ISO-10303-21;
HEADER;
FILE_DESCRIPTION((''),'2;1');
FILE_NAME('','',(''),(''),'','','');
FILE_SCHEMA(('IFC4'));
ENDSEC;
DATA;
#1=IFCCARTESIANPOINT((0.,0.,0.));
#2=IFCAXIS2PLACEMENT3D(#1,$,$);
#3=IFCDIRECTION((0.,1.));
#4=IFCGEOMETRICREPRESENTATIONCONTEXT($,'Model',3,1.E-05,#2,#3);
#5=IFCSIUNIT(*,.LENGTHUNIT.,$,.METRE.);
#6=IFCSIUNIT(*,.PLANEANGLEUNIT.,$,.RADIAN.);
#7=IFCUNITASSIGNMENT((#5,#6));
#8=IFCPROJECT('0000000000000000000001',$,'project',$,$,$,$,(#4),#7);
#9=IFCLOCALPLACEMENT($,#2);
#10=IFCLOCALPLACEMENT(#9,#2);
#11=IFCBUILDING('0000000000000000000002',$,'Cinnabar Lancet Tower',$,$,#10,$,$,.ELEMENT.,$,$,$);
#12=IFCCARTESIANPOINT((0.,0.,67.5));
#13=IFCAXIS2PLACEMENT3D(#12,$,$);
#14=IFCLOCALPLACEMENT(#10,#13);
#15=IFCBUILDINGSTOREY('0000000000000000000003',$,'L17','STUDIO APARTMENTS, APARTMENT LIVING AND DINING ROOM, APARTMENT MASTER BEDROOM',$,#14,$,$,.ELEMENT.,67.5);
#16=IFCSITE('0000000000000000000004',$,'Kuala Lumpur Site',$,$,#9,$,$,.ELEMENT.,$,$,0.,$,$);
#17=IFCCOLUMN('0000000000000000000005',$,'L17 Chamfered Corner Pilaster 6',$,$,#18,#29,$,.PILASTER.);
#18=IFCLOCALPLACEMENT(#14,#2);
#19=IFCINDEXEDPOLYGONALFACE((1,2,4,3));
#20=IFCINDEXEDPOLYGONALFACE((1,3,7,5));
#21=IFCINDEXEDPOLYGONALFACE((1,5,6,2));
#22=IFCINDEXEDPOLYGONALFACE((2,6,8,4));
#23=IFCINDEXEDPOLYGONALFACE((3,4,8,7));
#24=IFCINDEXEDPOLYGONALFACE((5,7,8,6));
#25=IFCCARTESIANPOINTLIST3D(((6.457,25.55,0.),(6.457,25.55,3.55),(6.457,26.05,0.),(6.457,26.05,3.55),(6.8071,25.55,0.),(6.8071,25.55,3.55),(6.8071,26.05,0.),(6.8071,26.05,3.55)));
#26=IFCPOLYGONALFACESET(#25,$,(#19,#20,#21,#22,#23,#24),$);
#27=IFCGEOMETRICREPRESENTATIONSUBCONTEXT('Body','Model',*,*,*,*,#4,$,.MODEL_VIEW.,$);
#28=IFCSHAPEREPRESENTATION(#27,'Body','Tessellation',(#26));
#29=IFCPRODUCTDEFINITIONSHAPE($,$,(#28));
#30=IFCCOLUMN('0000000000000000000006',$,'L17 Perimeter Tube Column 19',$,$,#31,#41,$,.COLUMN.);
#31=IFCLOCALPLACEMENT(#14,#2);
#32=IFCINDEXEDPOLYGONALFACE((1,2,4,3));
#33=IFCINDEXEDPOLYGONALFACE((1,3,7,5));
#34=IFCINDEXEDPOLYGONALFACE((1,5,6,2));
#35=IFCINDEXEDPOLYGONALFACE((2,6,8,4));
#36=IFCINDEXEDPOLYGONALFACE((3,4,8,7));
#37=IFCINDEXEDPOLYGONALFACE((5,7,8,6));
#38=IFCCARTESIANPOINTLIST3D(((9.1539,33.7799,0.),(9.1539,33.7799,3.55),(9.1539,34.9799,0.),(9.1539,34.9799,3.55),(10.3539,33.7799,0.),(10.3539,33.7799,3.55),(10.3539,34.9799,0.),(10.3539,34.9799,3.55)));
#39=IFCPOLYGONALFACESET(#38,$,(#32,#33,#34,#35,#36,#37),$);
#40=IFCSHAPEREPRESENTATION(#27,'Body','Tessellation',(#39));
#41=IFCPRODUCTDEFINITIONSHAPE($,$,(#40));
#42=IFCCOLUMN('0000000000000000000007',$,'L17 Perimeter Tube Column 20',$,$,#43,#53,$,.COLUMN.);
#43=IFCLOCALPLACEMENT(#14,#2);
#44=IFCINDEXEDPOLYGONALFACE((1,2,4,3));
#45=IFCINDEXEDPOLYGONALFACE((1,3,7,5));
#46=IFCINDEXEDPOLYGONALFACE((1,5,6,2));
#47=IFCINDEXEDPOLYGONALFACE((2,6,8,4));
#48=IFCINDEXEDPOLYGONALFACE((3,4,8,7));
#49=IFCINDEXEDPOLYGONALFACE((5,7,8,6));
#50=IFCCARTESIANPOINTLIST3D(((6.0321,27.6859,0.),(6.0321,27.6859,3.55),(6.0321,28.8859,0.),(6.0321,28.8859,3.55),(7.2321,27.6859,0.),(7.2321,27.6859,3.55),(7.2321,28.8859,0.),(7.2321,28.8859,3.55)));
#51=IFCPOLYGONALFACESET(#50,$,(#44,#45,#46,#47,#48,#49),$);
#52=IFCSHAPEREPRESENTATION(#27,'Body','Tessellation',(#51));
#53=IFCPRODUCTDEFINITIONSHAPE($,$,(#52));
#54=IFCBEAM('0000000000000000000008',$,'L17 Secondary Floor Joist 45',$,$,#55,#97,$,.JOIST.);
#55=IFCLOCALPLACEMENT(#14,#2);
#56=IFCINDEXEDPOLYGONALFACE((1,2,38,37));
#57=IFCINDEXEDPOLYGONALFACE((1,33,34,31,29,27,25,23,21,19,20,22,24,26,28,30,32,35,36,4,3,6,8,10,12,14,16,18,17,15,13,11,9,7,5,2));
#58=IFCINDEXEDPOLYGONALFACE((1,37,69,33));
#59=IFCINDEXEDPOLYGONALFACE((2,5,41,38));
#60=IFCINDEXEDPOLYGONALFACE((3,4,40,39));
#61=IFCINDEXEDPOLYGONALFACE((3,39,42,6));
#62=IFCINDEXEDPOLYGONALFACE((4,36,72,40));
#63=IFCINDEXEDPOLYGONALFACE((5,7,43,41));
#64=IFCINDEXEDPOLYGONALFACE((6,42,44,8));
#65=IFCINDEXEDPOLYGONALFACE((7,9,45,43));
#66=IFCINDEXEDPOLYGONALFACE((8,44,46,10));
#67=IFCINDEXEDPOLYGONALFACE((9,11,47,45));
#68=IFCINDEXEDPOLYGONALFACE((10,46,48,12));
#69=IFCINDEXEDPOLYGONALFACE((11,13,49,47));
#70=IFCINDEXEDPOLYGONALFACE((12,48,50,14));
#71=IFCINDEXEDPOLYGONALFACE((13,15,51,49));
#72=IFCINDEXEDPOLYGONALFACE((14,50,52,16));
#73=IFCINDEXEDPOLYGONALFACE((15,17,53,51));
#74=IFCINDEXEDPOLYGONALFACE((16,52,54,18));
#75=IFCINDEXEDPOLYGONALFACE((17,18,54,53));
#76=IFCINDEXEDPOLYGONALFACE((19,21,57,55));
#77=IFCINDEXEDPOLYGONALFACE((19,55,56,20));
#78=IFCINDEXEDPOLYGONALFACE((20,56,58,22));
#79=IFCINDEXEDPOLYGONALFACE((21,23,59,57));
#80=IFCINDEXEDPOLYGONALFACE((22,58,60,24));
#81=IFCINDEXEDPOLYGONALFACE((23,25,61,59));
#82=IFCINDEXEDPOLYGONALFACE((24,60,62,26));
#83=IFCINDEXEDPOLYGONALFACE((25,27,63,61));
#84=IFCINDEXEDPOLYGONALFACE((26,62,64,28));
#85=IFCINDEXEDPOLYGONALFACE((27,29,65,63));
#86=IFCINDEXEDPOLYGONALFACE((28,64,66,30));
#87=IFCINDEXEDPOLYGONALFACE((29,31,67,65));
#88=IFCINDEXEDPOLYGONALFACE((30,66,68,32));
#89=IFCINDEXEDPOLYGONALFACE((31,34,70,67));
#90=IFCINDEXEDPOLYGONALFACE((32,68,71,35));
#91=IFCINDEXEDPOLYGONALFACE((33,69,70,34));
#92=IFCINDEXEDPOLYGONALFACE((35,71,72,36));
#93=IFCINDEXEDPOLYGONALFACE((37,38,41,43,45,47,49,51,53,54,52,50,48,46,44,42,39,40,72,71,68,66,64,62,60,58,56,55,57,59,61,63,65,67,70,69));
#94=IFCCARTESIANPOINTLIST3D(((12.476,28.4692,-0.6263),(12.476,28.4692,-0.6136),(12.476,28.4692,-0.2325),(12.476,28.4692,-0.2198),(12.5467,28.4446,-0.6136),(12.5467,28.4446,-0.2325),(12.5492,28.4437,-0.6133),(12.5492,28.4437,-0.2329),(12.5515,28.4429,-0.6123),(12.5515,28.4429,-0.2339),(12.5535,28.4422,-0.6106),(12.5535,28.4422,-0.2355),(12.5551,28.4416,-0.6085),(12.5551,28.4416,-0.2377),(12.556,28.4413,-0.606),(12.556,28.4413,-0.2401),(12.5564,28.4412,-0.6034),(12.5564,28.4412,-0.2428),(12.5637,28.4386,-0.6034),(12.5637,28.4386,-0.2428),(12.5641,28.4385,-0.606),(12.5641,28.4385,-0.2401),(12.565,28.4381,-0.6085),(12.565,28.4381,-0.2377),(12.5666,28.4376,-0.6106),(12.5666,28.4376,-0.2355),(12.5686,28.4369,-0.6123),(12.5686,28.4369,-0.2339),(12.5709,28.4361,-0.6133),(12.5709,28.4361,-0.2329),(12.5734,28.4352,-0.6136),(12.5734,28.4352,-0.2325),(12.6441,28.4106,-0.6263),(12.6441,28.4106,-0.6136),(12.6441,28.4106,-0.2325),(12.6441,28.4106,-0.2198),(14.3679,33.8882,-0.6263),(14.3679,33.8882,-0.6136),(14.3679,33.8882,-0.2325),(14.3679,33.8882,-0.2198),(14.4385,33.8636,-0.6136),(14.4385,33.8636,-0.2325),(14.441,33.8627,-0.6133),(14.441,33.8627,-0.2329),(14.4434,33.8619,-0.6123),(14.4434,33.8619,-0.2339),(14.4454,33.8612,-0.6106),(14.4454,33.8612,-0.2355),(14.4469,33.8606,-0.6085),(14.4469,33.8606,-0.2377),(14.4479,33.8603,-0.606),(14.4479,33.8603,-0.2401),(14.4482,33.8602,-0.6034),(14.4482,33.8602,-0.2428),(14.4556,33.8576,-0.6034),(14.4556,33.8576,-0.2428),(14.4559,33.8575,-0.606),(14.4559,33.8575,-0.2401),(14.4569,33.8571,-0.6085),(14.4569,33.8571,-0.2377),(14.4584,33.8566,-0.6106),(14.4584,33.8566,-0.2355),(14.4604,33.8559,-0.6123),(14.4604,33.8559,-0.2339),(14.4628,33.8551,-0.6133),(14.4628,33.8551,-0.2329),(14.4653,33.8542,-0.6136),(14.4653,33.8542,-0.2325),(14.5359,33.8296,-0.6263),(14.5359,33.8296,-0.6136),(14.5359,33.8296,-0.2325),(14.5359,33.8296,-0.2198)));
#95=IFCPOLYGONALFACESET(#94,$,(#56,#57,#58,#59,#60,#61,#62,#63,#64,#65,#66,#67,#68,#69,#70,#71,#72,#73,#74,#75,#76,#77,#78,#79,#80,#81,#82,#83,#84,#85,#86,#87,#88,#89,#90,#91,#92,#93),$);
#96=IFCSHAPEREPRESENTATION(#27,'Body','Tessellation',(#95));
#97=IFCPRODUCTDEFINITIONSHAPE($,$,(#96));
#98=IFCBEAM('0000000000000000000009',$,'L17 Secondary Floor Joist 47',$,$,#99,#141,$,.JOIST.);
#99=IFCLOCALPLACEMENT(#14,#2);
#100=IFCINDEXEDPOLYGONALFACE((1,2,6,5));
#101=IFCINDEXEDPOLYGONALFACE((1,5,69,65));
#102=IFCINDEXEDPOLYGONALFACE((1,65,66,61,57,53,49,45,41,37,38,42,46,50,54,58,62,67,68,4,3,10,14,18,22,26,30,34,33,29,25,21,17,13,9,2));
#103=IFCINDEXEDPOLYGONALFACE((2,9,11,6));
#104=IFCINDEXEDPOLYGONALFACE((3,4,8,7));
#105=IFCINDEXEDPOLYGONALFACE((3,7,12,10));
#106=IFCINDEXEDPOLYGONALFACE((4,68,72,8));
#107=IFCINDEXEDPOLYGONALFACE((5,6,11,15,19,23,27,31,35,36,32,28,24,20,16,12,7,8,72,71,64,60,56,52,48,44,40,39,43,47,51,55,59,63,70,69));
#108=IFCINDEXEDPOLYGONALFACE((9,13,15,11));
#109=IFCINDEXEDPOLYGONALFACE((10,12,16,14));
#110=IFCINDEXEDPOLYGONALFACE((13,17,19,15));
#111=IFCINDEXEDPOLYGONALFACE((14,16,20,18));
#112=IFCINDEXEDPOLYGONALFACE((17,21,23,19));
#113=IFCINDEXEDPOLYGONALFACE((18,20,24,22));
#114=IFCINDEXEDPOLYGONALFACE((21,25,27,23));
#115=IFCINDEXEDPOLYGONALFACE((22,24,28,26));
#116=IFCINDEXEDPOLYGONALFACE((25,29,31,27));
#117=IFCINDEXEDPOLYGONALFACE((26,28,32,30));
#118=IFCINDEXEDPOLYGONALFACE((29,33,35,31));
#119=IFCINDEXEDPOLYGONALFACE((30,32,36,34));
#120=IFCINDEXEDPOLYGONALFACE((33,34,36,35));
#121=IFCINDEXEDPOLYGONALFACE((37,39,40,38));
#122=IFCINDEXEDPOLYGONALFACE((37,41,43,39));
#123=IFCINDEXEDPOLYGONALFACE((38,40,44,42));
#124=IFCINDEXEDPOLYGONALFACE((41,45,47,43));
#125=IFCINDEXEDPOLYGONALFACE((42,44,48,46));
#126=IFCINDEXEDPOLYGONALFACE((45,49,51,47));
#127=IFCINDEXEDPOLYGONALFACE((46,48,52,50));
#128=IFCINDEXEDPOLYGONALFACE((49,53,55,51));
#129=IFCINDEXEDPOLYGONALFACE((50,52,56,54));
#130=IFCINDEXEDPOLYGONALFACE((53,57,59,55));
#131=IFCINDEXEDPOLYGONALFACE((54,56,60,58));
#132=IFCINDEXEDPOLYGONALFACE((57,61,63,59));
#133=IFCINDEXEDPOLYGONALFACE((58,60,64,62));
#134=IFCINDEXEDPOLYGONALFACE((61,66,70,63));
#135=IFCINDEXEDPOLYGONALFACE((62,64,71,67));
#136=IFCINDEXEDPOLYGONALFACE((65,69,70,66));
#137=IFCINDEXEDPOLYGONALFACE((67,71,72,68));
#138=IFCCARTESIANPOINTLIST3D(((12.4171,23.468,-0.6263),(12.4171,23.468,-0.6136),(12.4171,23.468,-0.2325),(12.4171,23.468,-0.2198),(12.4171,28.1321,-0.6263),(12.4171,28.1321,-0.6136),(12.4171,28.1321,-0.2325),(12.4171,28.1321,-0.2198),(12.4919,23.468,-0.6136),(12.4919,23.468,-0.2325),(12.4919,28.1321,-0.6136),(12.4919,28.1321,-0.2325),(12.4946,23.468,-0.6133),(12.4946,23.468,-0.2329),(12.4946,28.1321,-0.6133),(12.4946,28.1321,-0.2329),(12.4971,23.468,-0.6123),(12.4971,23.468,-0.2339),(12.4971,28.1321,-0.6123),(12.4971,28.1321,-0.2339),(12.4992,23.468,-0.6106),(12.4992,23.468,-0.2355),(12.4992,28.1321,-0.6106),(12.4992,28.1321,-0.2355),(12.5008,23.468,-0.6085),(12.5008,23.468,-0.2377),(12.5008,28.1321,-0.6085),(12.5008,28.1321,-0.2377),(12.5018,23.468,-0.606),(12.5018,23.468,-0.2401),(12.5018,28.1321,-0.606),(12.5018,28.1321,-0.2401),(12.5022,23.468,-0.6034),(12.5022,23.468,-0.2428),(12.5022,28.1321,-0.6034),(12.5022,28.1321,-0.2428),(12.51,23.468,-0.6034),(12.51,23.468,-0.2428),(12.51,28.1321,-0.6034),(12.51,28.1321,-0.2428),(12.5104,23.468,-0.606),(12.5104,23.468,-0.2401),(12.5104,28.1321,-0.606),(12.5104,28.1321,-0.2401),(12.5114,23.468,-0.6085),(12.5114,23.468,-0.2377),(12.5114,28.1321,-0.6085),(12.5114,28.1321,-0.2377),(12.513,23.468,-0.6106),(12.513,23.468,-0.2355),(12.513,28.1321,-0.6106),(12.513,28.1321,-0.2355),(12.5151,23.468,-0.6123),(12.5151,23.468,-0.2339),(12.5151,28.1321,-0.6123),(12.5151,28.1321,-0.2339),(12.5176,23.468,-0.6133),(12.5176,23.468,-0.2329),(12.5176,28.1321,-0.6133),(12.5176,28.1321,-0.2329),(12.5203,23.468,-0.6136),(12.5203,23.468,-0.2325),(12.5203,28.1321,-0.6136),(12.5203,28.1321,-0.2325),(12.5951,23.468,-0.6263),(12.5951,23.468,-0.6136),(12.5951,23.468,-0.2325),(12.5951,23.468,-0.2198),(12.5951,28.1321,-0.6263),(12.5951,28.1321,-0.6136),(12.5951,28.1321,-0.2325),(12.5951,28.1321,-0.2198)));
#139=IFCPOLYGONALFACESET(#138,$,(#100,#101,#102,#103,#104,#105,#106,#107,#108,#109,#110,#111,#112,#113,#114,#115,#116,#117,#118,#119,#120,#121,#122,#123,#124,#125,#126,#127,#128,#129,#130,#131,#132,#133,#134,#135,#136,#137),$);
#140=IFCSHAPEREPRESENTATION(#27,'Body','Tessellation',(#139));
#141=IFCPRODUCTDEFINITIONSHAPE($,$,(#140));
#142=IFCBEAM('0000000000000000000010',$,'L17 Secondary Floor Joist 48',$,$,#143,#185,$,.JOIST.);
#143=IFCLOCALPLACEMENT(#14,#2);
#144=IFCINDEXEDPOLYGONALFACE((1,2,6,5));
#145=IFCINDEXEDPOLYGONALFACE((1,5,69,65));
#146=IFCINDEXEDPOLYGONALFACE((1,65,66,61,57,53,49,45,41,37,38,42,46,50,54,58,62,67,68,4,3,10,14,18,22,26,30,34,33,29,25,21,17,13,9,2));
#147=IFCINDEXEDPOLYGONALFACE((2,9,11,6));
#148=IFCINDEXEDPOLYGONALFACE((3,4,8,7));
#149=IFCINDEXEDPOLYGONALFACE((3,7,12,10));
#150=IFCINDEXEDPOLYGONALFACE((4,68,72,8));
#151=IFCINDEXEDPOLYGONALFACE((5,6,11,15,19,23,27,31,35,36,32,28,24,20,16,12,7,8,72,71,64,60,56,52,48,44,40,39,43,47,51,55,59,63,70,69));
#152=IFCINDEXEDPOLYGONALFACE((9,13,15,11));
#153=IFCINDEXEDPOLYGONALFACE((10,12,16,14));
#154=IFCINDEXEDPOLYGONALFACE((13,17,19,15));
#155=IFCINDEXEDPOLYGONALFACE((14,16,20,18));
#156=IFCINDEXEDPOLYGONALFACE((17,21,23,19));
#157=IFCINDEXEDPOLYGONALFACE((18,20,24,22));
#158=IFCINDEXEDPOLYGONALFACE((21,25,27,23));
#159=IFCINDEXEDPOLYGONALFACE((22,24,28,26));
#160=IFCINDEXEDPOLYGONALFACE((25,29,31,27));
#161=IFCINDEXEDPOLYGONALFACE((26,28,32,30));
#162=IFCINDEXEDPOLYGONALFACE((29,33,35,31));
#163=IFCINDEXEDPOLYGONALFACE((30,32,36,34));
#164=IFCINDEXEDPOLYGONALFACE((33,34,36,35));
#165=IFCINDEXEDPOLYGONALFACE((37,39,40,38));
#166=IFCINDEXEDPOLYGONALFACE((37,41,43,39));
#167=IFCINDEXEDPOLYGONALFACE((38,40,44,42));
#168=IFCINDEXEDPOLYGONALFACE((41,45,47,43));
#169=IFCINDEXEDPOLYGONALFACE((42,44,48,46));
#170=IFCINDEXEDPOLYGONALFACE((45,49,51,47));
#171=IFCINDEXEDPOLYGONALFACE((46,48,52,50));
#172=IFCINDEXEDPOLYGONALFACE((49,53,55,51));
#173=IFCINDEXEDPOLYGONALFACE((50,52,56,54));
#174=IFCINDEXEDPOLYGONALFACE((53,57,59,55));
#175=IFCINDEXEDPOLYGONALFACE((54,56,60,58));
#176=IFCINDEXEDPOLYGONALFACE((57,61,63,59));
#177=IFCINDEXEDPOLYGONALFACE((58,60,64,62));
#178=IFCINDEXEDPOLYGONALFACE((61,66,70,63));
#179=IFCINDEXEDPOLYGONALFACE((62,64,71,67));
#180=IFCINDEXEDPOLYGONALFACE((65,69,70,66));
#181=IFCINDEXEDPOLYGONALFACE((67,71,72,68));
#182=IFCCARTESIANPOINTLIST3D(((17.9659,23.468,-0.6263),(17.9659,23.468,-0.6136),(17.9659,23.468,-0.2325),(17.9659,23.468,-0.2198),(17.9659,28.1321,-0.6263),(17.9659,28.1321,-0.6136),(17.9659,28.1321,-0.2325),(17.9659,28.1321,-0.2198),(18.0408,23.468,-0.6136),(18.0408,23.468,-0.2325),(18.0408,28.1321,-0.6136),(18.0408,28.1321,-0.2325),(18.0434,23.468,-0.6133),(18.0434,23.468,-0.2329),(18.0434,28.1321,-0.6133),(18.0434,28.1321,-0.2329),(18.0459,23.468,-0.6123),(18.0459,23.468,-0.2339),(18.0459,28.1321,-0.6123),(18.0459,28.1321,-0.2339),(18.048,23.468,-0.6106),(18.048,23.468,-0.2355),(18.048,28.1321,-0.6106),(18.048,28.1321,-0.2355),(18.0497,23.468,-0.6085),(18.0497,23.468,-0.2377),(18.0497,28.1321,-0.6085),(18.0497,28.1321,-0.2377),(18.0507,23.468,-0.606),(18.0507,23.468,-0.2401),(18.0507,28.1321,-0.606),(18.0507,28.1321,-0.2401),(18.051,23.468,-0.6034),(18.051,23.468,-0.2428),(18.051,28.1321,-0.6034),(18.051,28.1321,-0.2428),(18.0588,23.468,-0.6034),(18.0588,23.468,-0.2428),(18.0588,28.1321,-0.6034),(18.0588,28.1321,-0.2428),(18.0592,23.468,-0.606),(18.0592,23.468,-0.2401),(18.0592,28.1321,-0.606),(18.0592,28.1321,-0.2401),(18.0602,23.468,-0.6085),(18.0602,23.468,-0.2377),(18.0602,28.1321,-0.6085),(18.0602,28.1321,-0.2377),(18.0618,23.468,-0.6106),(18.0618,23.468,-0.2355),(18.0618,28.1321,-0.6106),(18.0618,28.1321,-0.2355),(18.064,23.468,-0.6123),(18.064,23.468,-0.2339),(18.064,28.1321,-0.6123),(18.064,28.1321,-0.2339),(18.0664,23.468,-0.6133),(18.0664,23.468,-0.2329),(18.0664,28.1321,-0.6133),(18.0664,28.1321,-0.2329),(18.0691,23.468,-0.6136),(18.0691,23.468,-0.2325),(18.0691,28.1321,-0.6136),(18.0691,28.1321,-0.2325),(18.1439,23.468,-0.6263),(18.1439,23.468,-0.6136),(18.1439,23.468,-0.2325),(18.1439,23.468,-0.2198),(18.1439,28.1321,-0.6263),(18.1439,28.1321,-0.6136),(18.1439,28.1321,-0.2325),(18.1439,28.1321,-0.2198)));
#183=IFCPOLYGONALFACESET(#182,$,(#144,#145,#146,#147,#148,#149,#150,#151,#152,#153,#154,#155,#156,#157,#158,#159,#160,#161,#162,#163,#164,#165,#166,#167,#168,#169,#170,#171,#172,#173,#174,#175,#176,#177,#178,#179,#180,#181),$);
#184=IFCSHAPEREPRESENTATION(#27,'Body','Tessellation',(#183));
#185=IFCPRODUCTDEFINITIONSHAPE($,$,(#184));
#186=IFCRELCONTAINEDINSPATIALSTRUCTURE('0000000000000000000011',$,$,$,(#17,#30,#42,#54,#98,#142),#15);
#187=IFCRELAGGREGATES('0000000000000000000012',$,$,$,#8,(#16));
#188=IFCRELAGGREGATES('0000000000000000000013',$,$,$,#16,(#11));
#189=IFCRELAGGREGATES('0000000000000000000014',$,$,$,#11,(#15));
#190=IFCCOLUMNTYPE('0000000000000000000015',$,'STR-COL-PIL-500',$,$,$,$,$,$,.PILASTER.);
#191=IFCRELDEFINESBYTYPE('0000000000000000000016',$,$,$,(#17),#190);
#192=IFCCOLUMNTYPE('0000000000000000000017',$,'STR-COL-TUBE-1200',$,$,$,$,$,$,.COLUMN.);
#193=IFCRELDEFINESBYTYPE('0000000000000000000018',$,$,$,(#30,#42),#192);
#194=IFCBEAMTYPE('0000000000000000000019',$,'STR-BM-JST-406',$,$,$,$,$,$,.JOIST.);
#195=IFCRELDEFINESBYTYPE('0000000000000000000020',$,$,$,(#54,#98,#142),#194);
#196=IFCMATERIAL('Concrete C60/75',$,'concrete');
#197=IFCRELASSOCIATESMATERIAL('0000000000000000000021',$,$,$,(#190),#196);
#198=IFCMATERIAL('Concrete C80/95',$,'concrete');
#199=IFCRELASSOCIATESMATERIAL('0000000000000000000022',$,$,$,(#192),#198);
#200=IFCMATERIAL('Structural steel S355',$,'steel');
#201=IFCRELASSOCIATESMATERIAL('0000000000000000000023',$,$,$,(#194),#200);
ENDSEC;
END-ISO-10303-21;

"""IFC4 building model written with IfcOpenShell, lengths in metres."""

from ifc_helpers import new_model, si_unit, direction, frame, origin, origin_2d, place, context, subcontext, project, spatial, rectangle, i_section, extrude, material, material_profile, profile_set, type_object, element, save


model = new_model("IFC4")

# Units and contexts
model_context = context("Model", 3, precision=1e-05, world=origin(), true_north=direction((0.0, 1.0)))
body_context = subcontext(model_context, "Body", "Model", "MODEL_VIEW")
ifc_project = project(units=[si_unit("LENGTHUNIT", "METRE"), si_unit("PLANEANGLEUNIT", "RADIAN")], contexts=[model_context])

# Site, building, storey
site_placement = place(None, origin())
site = spatial("IfcSite", under=ifc_project, at=site_placement, Name="Kuala Lumpur Site", CompositionType="ELEMENT", RefElevation=0.0)
building_placement = place(site_placement, origin())
building = spatial("IfcBuilding", under=site, at=building_placement, Name="Cinnabar Lancet Tower", CompositionType="ELEMENT")
storey_placement = place(building_placement, frame((0.0, 0.0, 67.5)))
storey = spatial("IfcBuildingStorey", under=building, at=storey_placement, Name="L17", Description="STUDIO APARTMENTS, APARTMENT LIVING AND DINING ROOM, APARTMENT MASTER BEDROOM", CompositionType="ELEMENT", Elevation=67.5)

# Columns
ifc_material_1 = material(Name="Concrete C60/75", Category="concrete")
ifc_material_profile_1 = material_profile(ifc_material_1, rectangle(XDim=0.5, YDim=0.3501, at=origin_2d()), Name="RC-PIL 500x350")
ifc_profile_set_1 = profile_set([ifc_material_profile_1], Name="Concrete C60/75")
column_type_1 = type_object("IfcColumnType", Name="STR-COL-PIL-500", PredefinedType="PILASTER", material=ifc_profile_set_1)
column_placement = place(storey_placement, frame((6.6321, 25.8, 0.0), z_axis=(0.0, 0.0, 1.0), x_axis=(0.0, -1.0, 0.0)))
element("IfcColumn", 1, at=column_placement, inside=storey, type_object=column_type_1, Name="L17 Chamfered Corner Pilaster 6", PredefinedType="PILASTER", context=body_context, shape_type="SweptSolid", body=[
    extrude(rectangle(XDim=0.5, YDim=0.3501, at=origin_2d()), origin(), (0.0, 0.0, 1.0), 3.55),
])
ifc_material_2 = material(Name="Concrete C80/95", Category="concrete")
ifc_material_profile_2 = material_profile(ifc_material_2, rectangle(XDim=1.2, YDim=1.2, at=origin_2d()), Name="RC-COL 1200x1200")
ifc_profile_set_2 = profile_set([ifc_material_profile_2], Name="Concrete C80/95")
column_type_2 = type_object("IfcColumnType", Name="STR-COL-TUBE-1200", PredefinedType="COLUMN", material=ifc_profile_set_2)
for number, where, z_axis, x_axis, name in (
    (2, (9.7539, 34.3799, 0.0), (0.0, 0.0, 1.0), (1.0, 0.0, 0.0), "L17 Perimeter Tube Column 19"),
    (3, (6.6321, 28.2859, 0.0), (0.0, 0.0, 1.0), (1.0, 0.0, 0.0), "L17 Perimeter Tube Column 20"),
):
    element("IfcColumn", number, at=place(storey_placement, frame(where, z_axis=z_axis, x_axis=x_axis)), inside=storey, type_object=column_type_2, Name=name, PredefinedType="COLUMN", context=body_context, shape_type="SweptSolid", body=[
        extrude(rectangle(XDim=1.2, YDim=1.2, at=origin_2d()), origin(), (0.0, 0.0, 1.0), 3.55),
    ])

# Beams
ifc_material_3 = material(Name="Structural steel S355", Category="steel")
ifc_material_profile_3 = material_profile(ifc_material_3, i_section(OverallWidth=0.178, OverallDepth=0.4065, WebThickness=0.0078, FlangeThickness=0.0127, FilletRadius=0.0103, at=origin_2d()), Name="UKB 406x178x60")
ifc_profile_set_3 = profile_set([ifc_material_profile_3], Name="Structural steel S355")
beam_type_1 = type_object("IfcBeamType", Name="STR-BM-JST-406", PredefinedType="JOIST", material=ifc_profile_set_3)
beam_1_placement = place(storey_placement, frame((14.4519, 33.8589, -0.4231), z_axis=(-0.329608, -0.944118, 0.0), x_axis=(0.944118, -0.329608, 0.0)))
element("IfcBeam", 4, at=beam_1_placement, inside=storey, type_object=beam_type_1, Name="L17 Secondary Floor Joist 45", PredefinedType="JOIST", context=body_context, shape_type="SweptSolid", body=[
    extrude(i_section(OverallWidth=0.178, OverallDepth=0.4065, WebThickness=0.0078, FlangeThickness=0.0127, FilletRadius=0.0103, at=origin_2d()), origin(), (0.0, 0.0, 1.0), 5.7397),
])
for number, where, z_axis, x_axis, name in (
    (5, (12.5061, 28.1321, -0.4231), (0.0, -1.0, 0.0), (1.0, 0.0, 0.0), "L17 Secondary Floor Joist 47"),
    (6, (18.0549, 28.1321, -0.4231), (0.0, -1.0, 0.0), (1.0, 0.0, 0.0), "L17 Secondary Floor Joist 48"),
):
    element("IfcBeam", number, at=place(storey_placement, frame(where, z_axis=z_axis, x_axis=x_axis)), inside=storey, type_object=beam_type_1, Name=name, PredefinedType="JOIST", context=body_context, shape_type="SweptSolid", body=[
        extrude(i_section(OverallWidth=0.178, OverallDepth=0.4065, WebThickness=0.0078, FlangeThickness=0.0127, FilletRadius=0.0103, at=origin_2d()), origin(), (0.0, 0.0, 1.0), 4.6641),
    ])

save(model, "model.ifc")
